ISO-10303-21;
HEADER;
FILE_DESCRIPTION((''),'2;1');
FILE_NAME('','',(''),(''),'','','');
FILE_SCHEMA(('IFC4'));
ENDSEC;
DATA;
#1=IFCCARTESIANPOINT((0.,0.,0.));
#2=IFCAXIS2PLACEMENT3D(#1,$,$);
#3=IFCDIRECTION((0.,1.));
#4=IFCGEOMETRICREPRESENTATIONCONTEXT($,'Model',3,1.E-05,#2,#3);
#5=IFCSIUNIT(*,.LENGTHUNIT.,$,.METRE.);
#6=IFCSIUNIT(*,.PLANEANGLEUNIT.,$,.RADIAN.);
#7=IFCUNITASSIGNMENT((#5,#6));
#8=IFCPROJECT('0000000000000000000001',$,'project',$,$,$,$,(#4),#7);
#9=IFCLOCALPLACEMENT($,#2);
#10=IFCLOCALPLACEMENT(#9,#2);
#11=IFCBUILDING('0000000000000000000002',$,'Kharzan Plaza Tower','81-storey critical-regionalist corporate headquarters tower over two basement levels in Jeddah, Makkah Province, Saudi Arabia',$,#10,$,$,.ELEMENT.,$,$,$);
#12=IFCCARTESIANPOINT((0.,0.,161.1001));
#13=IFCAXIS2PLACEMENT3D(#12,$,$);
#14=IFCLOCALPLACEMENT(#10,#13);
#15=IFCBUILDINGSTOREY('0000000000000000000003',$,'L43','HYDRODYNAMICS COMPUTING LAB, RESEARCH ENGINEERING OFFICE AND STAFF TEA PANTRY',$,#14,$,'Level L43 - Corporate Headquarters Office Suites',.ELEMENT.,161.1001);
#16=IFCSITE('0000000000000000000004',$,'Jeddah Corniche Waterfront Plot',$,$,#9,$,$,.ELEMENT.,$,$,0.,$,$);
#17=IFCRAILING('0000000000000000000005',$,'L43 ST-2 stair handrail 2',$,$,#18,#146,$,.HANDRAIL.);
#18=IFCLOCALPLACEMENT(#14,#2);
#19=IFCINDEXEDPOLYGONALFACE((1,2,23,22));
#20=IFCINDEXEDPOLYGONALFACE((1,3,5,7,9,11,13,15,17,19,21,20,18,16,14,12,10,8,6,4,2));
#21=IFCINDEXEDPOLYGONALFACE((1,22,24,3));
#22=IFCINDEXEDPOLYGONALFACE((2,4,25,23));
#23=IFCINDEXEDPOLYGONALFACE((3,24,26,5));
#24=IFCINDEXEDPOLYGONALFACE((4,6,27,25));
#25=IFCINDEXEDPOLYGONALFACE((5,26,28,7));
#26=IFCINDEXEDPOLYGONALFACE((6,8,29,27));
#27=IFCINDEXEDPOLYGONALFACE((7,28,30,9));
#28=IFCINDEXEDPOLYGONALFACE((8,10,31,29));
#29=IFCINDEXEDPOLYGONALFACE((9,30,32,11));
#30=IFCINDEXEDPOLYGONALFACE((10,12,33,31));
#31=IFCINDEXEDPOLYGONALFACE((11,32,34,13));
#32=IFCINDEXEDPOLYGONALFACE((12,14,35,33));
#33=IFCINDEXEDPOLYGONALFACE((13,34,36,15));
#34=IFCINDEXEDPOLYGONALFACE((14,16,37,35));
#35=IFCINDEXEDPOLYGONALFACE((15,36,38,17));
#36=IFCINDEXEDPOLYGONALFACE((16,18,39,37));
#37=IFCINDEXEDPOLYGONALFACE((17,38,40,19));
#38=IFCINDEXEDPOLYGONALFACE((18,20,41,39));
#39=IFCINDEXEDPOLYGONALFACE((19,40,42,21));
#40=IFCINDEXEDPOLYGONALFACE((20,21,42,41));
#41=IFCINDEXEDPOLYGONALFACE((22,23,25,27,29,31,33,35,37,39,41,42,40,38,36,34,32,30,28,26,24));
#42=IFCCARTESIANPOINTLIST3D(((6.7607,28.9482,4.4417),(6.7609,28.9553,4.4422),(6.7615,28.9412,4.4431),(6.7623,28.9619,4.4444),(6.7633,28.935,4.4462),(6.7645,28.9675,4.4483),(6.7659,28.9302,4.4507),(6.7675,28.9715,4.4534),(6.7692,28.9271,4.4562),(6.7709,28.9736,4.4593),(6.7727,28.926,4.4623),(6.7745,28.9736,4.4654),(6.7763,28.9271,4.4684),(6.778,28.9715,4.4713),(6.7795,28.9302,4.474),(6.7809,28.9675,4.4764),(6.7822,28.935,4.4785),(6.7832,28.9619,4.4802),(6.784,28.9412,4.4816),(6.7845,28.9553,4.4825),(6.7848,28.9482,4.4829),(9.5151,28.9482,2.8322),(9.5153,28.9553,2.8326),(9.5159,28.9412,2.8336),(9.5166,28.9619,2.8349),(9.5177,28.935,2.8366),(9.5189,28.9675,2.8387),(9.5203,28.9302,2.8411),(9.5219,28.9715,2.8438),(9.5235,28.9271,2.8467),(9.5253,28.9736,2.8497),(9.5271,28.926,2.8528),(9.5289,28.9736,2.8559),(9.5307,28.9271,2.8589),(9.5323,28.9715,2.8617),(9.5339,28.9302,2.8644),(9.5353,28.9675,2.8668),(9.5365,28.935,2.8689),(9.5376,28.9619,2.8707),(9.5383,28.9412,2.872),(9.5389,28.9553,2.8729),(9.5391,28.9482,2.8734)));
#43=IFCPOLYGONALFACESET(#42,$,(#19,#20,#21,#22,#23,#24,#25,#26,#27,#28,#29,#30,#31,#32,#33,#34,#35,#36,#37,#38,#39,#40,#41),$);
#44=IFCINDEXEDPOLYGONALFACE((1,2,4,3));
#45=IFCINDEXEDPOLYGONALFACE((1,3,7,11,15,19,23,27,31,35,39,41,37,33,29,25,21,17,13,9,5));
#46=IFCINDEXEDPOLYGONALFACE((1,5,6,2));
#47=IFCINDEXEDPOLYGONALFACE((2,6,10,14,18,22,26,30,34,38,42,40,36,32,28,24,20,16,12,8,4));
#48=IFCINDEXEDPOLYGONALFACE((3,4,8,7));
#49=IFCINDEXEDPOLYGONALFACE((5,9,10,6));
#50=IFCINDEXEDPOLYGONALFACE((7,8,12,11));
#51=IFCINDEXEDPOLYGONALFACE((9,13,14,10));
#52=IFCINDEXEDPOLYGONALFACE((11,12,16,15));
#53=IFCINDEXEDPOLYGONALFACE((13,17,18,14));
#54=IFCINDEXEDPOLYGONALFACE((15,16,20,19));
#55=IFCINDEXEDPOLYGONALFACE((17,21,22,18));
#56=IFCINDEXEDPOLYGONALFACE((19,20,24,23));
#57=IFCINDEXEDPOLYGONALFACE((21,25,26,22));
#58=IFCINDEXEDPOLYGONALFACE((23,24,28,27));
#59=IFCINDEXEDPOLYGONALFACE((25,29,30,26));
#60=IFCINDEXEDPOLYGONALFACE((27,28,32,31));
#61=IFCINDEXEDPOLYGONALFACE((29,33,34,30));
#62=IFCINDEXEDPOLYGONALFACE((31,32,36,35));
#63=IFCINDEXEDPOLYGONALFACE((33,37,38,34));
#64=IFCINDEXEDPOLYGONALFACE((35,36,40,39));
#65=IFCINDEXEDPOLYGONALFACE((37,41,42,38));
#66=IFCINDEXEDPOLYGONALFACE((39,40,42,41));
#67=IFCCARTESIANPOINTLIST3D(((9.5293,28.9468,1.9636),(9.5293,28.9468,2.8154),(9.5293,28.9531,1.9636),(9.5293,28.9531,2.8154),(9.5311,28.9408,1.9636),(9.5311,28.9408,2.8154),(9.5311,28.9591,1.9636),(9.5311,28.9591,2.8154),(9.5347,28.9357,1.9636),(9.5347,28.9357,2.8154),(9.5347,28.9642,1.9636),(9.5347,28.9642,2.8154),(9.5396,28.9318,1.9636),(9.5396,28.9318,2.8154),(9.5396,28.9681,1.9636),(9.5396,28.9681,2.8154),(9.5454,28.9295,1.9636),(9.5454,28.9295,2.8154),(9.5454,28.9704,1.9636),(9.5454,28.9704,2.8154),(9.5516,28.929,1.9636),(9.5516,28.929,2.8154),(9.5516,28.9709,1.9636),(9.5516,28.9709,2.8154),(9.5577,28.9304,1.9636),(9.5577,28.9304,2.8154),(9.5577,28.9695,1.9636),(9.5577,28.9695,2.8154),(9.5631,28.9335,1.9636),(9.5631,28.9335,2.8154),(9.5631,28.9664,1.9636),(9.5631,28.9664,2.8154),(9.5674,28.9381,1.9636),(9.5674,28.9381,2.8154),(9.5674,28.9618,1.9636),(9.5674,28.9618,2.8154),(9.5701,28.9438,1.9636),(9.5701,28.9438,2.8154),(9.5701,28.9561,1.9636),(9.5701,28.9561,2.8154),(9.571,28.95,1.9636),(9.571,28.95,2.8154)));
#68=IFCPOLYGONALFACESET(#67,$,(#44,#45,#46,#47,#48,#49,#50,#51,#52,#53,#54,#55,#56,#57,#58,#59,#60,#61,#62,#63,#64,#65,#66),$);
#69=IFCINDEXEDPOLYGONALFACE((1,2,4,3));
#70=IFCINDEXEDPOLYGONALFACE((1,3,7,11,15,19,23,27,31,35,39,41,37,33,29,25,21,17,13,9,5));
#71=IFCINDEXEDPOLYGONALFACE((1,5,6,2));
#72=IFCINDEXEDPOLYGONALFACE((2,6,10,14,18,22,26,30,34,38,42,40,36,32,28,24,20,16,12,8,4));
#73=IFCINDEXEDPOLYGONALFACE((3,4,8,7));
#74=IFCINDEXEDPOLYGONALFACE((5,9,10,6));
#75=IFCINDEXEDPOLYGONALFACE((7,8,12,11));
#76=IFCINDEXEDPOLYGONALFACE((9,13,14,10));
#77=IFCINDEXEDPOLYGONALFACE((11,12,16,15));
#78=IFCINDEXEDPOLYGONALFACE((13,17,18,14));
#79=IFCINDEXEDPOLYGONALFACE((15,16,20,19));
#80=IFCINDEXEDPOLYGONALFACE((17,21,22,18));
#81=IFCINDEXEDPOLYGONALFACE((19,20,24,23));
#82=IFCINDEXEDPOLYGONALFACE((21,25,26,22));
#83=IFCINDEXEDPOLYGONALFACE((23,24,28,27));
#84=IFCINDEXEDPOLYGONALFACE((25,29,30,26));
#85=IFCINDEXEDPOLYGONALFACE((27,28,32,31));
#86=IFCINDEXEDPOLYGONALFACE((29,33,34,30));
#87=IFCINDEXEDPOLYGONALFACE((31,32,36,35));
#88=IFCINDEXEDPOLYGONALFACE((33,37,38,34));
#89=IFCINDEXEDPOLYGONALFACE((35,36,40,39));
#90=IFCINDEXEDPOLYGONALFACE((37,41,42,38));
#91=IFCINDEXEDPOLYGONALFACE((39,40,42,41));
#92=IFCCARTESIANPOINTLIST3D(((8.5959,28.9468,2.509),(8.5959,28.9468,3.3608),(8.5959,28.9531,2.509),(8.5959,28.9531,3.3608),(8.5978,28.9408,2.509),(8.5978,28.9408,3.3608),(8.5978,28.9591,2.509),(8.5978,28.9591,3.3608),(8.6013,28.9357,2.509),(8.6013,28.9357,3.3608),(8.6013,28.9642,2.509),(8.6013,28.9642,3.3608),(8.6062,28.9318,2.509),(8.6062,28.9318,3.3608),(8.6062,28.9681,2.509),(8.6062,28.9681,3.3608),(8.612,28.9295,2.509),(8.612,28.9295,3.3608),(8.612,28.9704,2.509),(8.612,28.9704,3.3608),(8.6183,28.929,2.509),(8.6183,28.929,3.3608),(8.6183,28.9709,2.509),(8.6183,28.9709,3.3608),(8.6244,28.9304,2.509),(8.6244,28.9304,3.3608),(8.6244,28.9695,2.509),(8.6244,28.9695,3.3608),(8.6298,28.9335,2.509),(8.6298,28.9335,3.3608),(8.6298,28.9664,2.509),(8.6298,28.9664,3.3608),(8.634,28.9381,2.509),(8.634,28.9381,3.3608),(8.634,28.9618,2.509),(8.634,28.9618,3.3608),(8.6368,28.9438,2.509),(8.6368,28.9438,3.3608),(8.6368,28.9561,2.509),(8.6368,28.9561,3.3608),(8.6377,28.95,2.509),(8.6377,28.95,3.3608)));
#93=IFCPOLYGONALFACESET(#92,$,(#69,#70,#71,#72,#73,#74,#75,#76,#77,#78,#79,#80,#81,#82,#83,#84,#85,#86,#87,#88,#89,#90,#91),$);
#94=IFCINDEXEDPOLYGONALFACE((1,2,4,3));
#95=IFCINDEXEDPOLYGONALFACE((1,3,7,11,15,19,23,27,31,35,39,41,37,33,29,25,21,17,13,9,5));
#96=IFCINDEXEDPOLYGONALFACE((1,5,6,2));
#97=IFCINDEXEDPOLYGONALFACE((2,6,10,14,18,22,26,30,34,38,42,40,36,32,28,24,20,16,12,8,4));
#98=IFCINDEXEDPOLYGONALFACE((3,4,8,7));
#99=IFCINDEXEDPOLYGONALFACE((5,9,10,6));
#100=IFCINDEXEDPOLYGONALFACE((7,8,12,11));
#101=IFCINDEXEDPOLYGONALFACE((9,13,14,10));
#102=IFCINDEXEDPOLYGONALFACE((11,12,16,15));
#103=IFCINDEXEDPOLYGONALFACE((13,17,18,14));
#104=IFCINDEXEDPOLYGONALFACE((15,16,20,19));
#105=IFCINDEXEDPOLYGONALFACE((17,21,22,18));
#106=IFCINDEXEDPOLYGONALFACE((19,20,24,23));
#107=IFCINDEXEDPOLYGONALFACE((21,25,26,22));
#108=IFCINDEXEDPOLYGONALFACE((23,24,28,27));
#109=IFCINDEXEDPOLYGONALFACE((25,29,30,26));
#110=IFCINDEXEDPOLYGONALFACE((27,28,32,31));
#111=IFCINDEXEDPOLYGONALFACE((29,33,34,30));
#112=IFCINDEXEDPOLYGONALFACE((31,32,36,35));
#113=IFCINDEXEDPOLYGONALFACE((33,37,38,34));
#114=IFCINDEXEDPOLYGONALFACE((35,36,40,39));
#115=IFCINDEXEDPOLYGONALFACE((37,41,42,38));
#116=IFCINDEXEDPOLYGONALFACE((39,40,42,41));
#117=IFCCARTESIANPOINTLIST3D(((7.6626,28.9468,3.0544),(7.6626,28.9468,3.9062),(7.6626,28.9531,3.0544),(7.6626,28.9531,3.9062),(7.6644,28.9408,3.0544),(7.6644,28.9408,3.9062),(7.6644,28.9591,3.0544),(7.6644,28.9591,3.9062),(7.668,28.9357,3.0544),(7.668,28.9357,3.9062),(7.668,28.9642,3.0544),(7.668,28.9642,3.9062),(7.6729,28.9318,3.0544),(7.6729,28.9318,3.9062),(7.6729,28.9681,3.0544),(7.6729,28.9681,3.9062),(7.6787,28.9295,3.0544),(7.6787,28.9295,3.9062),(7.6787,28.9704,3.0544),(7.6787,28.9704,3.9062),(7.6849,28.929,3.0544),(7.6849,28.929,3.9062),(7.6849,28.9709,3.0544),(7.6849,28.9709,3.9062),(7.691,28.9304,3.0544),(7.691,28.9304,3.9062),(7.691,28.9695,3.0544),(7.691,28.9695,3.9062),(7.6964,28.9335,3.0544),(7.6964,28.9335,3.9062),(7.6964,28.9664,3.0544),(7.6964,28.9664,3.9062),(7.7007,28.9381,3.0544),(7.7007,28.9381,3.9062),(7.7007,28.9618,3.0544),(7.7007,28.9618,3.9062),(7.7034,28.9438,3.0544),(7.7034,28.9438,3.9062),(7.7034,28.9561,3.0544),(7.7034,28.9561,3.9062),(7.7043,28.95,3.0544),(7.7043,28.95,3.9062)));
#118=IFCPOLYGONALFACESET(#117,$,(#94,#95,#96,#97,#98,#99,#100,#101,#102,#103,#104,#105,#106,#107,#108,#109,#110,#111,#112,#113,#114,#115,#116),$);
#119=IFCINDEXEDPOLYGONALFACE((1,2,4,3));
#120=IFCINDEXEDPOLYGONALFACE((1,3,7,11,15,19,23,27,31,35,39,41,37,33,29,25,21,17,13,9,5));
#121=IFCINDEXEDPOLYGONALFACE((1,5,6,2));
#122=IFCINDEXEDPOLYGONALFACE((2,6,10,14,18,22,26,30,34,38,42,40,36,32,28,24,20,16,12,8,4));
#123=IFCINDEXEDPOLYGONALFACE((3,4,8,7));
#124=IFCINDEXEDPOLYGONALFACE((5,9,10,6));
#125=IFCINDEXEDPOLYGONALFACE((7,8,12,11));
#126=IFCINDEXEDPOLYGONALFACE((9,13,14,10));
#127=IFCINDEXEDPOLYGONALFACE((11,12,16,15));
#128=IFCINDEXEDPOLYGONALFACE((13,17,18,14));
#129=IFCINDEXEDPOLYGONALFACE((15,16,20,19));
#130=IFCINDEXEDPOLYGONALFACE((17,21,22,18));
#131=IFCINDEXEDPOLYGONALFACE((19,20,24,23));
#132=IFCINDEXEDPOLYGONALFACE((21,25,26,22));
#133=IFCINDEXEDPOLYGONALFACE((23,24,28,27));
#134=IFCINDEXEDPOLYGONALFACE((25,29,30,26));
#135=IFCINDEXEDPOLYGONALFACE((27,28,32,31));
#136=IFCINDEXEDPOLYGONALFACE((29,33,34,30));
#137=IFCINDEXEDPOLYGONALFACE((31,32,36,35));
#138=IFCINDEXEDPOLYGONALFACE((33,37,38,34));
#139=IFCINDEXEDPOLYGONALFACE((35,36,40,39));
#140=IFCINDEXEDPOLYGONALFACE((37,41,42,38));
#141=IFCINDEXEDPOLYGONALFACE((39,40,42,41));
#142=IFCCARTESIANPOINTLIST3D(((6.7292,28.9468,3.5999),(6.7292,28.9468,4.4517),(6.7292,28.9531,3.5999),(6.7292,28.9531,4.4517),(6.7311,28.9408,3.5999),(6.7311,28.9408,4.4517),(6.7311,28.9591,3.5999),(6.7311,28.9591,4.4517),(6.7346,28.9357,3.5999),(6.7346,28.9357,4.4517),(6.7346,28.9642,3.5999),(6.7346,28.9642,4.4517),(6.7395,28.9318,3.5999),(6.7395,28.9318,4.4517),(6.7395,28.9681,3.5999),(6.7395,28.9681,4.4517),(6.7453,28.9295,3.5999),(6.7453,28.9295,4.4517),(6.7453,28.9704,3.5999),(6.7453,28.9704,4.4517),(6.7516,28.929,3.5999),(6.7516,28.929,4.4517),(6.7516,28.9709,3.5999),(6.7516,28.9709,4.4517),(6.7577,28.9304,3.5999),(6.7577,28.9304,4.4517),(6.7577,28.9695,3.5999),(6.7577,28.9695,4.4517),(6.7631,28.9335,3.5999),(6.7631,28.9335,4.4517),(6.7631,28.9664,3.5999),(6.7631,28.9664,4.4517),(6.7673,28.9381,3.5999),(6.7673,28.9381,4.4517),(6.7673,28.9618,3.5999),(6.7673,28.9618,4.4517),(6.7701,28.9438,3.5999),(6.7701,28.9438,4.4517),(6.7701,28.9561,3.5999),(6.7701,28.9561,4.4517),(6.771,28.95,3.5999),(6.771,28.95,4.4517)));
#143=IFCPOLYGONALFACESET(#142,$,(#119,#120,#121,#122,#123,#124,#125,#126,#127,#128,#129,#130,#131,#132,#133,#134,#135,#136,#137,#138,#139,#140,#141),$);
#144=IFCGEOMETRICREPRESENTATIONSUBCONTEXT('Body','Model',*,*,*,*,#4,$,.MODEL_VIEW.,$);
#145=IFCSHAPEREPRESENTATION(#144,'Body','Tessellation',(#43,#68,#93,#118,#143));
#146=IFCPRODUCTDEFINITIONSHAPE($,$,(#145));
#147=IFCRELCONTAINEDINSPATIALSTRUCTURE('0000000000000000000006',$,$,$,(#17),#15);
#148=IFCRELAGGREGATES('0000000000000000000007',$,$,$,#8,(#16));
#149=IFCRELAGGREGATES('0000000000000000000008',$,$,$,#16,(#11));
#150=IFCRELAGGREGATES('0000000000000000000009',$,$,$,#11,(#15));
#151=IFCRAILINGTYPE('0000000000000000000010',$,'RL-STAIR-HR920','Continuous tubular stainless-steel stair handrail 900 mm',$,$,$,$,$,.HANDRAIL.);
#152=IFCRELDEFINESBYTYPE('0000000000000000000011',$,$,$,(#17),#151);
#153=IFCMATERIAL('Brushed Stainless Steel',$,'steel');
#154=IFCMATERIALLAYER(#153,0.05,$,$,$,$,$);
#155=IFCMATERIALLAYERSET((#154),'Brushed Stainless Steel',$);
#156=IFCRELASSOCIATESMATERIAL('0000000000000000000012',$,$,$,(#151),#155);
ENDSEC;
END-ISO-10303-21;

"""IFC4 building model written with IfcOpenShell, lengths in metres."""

from ifc_helpers import new_model, si_unit, direction, frame, origin, origin_2d, place, context, subcontext, project, spatial, circle, extrude, source, transform, mapped, material, layer, layer_set, type_object, element, save


model = new_model("IFC4")

# Units and contexts
model_context = context("Model", 3, precision=1e-05, world=origin(), true_north=direction((0.0, 1.0)))
body_context = subcontext(model_context, "Body", "Model", "MODEL_VIEW")
ifc_project = project(units=[si_unit("LENGTHUNIT", "METRE"), si_unit("PLANEANGLEUNIT", "RADIAN")], contexts=[model_context])

# Site, building, storey
site_placement = place(None, origin())
site = spatial("IfcSite", under=ifc_project, at=site_placement, Name="Jeddah Corniche Waterfront Plot", CompositionType="ELEMENT", RefElevation=0.0)
building_placement = place(site_placement, origin())
building = spatial("IfcBuilding", under=site, at=building_placement, Name="Kharzan Plaza Tower", Description="81-storey critical-regionalist corporate headquarters tower over two basement levels in Jeddah, Makkah Province, Saudi Arabia", CompositionType="ELEMENT")
storey_placement = place(building_placement, frame((0.0, 0.0, 161.1001)))
storey = spatial("IfcBuildingStorey", under=building, at=storey_placement, Name="L43", Description="HYDRODYNAMICS COMPUTING LAB, RESEARCH ENGINEERING OFFICE AND STAFF TEA PANTRY", LongName="Level L43 - Corporate Headquarters Office Suites", CompositionType="ELEMENT", Elevation=161.1001)

# Shared definitions
ifc_material_1 = material(Name="Brushed Stainless Steel", Category="steel")

# Railing
ifc_layer_1 = layer(ifc_material_1, 0.05)
ifc_layer_set_1 = layer_set([ifc_layer_1], Name="Brushed Stainless Steel")
railing_type_1 = type_object("IfcRailingType", Name="RL-STAIR-HR920", Description="Continuous tubular stainless-steel stair handrail 900 mm", PredefinedType="HANDRAIL", material=ifc_layer_set_1)
shared_shape_1 = source(origin(), body_context, "Body", "SweptSolid", [
    extrude(circle(Radius=0.0239, at=origin_2d()), frame((-0.0229, 0.0, 0.8892), z_axis=(-0.863394, 0.0, 0.504531), x_axis=(0.0, -1.0, 0.0)), (0.0, 0.0, 1.0), 3.1902),
    extrude(circle(Radius=0.021, at=origin_2d()), origin(), (0.0, 0.0, 1.0), 0.8518),
    extrude(circle(Radius=0.021, at=origin_2d()), frame((-0.9333, 0.0, 0.5454)), (0.0, 0.0, 1.0), 0.8518),
    extrude(circle(Radius=0.021, at=origin_2d()), frame((-1.8667, 0.0, 1.0908)), (0.0, 0.0, 1.0), 0.8518),
    extrude(circle(Radius=0.021, at=origin_2d()), frame((-2.8, 0.0, 1.6362)), (0.0, 0.0, 1.0), 0.8518),
])
railing_1_placement = place(storey_placement, frame((9.55, 28.95, 1.9636)))
element("IfcRailing", 1, at=railing_1_placement, inside=storey, type_object=railing_type_1, Name="L43 ST-2 stair handrail 2", PredefinedType="HANDRAIL", context=body_context, shape_type="MappedRepresentation", body=[
    mapped(shared_shape_1, transform((0.0, 0.0, 0.0), x_axis=(1.0, 0.0, 0.0), y_axis=(0.0, 1.0, 0.0), z_axis=(0.0, 0.0, 1.0))),
])

save(model, "model.ifc")
